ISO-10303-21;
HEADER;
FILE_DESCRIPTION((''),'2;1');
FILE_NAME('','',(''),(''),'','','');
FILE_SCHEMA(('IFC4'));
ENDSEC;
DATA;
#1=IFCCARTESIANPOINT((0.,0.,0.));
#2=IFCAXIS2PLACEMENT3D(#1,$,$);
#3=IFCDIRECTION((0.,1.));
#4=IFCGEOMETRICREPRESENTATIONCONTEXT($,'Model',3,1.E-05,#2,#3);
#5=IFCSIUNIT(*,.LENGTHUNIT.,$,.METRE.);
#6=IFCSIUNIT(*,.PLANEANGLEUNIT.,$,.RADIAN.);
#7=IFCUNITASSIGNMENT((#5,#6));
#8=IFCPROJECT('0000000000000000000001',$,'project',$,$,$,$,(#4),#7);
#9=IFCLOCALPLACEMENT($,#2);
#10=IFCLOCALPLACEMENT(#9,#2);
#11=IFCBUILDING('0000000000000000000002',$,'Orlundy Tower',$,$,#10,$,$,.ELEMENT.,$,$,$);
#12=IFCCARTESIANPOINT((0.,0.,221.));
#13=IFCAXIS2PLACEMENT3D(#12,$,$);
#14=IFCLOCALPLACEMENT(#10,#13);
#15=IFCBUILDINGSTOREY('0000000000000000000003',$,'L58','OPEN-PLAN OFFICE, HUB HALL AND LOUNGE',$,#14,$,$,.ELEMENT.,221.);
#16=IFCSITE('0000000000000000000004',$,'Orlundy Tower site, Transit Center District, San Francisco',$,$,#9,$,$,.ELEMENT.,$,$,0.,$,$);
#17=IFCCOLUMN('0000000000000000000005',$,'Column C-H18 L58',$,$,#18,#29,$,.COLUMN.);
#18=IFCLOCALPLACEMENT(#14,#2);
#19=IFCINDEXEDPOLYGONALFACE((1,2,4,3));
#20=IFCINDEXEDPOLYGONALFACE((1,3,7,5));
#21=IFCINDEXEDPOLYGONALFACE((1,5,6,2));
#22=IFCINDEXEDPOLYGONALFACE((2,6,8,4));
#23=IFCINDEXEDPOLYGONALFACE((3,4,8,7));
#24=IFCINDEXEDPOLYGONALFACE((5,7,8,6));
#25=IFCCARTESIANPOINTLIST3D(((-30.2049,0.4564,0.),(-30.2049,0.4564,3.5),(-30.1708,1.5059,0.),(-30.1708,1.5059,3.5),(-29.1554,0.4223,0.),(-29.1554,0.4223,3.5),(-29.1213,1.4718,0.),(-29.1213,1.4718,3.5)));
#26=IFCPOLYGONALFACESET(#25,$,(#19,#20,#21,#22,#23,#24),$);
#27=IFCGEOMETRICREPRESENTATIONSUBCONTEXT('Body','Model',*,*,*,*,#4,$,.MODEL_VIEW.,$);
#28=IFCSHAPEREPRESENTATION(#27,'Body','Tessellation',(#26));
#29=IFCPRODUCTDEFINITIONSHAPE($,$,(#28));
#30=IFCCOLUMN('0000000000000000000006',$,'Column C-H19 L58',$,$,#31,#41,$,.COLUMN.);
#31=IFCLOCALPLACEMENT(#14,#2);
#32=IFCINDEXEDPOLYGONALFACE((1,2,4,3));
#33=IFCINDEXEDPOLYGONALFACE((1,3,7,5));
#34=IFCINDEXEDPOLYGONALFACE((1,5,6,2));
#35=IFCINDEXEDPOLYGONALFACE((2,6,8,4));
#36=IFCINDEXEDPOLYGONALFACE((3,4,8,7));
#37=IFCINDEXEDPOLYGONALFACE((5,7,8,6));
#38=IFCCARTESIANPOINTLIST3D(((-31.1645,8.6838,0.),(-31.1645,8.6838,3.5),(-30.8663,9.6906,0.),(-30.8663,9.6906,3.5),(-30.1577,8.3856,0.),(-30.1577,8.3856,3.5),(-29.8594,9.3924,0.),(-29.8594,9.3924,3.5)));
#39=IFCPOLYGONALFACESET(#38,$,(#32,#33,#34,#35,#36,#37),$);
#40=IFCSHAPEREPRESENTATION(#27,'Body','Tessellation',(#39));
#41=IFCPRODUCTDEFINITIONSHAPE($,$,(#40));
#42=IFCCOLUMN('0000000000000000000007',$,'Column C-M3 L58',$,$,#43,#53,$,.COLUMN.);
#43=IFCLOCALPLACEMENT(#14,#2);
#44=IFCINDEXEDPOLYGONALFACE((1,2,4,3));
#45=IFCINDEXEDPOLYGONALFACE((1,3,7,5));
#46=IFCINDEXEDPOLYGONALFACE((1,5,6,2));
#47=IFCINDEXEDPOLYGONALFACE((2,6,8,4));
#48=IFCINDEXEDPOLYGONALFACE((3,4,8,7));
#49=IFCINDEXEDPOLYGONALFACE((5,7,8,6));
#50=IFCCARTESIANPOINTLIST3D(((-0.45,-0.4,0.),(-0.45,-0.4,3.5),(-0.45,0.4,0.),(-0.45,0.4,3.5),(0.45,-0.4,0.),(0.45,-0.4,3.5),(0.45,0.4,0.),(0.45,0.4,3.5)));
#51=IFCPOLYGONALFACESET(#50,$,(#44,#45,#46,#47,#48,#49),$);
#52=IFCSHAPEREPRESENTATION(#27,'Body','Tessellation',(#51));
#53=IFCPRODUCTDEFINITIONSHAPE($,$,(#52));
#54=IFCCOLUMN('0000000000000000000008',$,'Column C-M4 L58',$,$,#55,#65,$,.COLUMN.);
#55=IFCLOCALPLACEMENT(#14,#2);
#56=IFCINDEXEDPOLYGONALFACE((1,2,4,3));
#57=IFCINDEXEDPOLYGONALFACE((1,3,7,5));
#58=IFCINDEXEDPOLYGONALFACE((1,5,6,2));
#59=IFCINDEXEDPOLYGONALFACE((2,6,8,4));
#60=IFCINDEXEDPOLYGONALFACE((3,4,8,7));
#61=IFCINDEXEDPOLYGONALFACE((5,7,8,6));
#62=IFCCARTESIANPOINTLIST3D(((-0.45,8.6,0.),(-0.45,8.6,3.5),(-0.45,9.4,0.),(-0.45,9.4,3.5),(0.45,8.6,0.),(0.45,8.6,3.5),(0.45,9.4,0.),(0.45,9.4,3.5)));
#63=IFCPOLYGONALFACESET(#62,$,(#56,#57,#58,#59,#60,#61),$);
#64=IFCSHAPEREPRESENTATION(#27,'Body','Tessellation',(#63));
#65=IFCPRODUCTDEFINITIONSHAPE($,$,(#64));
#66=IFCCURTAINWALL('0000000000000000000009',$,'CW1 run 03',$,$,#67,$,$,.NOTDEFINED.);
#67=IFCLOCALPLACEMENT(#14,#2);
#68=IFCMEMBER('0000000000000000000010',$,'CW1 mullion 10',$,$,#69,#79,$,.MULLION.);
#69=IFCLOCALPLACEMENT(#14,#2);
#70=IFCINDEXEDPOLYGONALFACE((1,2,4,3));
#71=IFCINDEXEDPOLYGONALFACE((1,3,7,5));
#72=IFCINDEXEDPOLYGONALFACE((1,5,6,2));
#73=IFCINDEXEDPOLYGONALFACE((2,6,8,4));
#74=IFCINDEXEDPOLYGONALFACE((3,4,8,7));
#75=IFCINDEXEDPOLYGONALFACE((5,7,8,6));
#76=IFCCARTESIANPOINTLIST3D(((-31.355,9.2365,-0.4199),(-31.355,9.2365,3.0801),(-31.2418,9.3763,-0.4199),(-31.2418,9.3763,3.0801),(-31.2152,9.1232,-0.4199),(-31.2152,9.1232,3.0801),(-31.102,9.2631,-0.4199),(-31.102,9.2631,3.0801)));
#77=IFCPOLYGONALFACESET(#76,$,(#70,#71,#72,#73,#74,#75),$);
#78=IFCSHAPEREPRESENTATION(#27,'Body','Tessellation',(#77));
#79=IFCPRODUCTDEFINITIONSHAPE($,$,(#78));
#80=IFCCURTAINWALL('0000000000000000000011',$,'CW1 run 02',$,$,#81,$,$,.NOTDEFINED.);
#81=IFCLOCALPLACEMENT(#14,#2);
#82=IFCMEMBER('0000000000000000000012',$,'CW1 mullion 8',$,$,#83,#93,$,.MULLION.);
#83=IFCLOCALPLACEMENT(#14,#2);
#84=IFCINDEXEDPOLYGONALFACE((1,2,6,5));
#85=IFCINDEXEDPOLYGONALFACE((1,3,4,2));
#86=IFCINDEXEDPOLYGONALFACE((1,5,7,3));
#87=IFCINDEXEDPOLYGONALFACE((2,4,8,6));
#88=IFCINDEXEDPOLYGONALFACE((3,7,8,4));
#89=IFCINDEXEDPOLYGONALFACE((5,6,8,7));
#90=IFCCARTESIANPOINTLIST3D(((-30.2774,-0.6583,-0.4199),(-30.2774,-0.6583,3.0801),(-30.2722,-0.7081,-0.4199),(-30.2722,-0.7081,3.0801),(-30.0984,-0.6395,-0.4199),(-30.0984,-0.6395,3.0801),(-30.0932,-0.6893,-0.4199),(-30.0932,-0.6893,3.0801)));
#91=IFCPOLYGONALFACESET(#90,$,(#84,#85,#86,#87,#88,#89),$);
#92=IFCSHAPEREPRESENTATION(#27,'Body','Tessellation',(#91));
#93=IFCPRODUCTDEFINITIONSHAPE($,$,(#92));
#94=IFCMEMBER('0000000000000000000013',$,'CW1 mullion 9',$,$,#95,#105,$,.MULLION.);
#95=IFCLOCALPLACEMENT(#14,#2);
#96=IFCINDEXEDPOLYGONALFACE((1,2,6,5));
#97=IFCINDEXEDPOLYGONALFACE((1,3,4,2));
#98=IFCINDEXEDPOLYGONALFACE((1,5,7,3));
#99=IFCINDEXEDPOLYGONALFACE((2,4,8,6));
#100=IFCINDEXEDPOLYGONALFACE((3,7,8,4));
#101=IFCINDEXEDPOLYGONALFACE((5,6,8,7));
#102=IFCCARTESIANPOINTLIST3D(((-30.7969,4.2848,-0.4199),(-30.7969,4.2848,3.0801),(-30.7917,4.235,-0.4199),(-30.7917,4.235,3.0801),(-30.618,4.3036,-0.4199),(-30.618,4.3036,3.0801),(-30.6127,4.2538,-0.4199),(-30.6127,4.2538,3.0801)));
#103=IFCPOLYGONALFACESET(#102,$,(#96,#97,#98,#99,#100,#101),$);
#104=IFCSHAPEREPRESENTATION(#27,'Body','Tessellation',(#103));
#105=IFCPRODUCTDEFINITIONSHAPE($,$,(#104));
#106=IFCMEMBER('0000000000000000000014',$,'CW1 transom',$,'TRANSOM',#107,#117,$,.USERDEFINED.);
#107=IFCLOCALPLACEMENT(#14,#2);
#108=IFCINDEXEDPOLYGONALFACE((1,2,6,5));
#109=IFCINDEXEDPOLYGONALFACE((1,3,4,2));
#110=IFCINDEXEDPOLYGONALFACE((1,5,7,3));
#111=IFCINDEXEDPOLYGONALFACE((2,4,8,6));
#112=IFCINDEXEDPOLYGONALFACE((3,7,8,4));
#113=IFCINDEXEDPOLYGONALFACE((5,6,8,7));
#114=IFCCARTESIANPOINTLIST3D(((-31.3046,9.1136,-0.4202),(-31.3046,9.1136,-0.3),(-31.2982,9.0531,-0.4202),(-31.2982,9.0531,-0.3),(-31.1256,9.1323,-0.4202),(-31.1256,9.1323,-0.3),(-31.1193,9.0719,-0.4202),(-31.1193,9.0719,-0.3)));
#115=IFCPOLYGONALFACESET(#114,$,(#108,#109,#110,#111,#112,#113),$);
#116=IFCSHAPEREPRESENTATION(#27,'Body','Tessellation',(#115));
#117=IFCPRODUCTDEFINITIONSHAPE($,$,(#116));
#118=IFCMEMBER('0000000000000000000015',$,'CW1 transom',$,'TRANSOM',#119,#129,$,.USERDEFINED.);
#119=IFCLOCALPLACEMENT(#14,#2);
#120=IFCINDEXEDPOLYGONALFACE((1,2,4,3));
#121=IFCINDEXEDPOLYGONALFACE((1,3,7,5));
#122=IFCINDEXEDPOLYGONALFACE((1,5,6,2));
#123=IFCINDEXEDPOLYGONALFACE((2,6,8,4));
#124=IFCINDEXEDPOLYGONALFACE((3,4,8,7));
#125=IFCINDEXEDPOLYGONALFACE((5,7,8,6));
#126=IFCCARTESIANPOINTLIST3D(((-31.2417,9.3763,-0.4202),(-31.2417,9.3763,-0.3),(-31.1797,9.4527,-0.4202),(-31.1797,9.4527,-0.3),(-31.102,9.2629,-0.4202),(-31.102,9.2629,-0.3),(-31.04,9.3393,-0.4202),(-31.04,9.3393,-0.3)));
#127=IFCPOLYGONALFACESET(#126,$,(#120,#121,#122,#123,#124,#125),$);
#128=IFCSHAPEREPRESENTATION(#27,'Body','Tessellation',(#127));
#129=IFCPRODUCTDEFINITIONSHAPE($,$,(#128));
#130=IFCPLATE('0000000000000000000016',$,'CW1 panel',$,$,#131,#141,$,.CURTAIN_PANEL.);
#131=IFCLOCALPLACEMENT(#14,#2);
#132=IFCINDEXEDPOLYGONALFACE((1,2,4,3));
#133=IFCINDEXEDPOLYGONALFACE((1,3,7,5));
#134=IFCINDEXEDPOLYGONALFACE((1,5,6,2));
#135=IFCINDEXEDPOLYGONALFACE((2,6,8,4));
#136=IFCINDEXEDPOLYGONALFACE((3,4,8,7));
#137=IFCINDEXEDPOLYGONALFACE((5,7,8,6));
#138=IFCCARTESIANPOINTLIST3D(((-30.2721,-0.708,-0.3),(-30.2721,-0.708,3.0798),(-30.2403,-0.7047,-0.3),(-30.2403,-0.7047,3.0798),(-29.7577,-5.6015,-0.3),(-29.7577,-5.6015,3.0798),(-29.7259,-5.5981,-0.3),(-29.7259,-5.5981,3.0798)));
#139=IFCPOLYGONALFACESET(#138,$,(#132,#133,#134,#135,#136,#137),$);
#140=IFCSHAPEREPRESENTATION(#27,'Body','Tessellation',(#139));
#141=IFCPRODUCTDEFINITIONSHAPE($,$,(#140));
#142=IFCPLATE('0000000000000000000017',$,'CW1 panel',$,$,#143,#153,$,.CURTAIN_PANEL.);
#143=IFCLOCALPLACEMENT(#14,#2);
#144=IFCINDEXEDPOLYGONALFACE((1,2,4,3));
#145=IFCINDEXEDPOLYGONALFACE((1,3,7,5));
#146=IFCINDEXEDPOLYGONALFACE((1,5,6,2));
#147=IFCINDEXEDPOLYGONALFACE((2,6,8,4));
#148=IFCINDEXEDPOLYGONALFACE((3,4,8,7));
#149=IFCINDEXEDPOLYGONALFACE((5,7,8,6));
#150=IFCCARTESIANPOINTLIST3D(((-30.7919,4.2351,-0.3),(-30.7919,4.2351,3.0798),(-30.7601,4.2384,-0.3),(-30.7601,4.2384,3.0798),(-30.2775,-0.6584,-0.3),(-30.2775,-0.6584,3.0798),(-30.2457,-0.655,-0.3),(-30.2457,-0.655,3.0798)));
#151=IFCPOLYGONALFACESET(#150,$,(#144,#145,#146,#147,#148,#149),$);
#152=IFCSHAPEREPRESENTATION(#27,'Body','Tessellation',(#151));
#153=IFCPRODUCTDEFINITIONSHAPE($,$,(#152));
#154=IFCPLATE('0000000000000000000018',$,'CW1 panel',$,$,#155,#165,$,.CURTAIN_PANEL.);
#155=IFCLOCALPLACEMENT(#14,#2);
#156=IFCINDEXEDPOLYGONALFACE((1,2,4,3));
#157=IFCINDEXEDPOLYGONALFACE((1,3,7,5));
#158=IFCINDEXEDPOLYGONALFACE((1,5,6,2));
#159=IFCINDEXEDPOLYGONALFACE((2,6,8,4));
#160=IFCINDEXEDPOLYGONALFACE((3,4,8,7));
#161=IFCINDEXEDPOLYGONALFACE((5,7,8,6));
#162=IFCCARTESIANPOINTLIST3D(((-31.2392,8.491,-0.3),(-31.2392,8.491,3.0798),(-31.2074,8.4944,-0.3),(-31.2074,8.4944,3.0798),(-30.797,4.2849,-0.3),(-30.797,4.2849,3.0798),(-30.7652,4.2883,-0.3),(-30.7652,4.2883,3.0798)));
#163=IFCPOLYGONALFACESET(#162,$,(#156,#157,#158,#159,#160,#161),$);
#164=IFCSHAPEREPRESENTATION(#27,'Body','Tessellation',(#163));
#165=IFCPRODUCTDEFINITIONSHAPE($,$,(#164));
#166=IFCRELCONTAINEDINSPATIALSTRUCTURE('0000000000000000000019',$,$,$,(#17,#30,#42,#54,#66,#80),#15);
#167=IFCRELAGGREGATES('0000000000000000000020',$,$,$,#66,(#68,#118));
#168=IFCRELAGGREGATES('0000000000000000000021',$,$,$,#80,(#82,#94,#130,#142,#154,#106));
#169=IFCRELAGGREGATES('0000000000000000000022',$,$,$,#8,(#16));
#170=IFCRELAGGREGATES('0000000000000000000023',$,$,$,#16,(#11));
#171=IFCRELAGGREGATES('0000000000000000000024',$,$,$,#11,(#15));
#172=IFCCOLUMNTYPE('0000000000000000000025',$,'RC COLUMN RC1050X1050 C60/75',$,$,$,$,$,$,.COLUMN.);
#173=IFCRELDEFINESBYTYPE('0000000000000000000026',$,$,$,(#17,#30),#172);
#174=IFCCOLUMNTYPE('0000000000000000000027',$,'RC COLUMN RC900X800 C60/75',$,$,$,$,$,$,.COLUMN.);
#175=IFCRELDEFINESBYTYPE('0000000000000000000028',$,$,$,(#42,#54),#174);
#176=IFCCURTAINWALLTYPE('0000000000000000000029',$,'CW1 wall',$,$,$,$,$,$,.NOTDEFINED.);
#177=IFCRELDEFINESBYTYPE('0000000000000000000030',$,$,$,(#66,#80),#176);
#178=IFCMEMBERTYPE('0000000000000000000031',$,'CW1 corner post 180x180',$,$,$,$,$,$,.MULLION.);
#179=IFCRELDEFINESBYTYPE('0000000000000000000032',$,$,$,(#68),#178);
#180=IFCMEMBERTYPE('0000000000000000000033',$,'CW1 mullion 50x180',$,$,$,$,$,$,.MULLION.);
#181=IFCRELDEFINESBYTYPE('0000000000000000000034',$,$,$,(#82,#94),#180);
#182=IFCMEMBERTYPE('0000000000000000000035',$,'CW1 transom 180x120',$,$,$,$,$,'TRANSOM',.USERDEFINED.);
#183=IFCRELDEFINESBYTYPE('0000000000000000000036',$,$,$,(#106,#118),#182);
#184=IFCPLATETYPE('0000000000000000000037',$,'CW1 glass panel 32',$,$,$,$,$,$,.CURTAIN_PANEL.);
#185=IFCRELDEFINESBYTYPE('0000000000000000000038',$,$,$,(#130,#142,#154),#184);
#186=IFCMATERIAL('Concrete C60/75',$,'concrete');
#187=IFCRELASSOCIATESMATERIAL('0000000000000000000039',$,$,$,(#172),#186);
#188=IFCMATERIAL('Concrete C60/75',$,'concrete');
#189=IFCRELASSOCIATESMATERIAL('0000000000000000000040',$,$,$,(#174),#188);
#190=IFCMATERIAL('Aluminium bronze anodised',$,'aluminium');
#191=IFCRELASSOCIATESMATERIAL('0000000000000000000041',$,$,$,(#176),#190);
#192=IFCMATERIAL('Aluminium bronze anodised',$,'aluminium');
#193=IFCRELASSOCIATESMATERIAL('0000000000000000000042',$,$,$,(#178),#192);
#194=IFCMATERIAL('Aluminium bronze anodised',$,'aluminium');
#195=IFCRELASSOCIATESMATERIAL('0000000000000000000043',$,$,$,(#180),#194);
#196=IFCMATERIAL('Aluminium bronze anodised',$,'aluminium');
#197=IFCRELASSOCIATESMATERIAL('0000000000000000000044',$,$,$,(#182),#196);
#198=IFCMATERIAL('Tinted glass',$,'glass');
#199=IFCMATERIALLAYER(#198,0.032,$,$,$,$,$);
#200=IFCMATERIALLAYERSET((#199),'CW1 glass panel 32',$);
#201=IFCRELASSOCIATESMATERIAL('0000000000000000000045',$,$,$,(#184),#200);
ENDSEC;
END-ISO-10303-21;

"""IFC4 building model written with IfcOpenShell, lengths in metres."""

from ifc_helpers import new_model, si_unit, direction, frame, origin, origin_2d, place, context, subcontext, project, spatial, rectangle, extrude, material, layer, layer_set, material_profile, profile_set, type_object, element, aggregate, save


model = new_model("IFC4")

# Units and contexts
model_context = context("Model", 3, precision=1e-05, world=origin(), true_north=direction((0.0, 1.0)))
body_context = subcontext(model_context, "Body", "Model", "MODEL_VIEW")
ifc_project = project(units=[si_unit("LENGTHUNIT", "METRE"), si_unit("PLANEANGLEUNIT", "RADIAN")], contexts=[model_context])

# Site, building, storey
site_placement = place(None, origin())
site = spatial("IfcSite", under=ifc_project, at=site_placement, Name="Orlundy Tower site, Transit Center District, San Francisco", CompositionType="ELEMENT", RefElevation=0.0)
building_placement = place(site_placement, origin())
building = spatial("IfcBuilding", under=site, at=building_placement, Name="Orlundy Tower", CompositionType="ELEMENT")
storey_placement = place(building_placement, frame((0.0, 0.0, 221.0)))
storey = spatial("IfcBuildingStorey", under=building, at=storey_placement, Name="L58", Description="OPEN-PLAN OFFICE, HUB HALL AND LOUNGE", CompositionType="ELEMENT", Elevation=221.0)

# Columns
ifc_material_1 = material(Name="Concrete C60/75", Category="concrete")
ifc_material_profile_1 = material_profile(ifc_material_1, rectangle(XDim=1.05, YDim=1.05, at=origin_2d()), Name="RC1050X1050")
ifc_profile_set_1 = profile_set([ifc_material_profile_1], Name="Concrete C60/75")
column_type_1 = type_object("IfcColumnType", Name="RC COLUMN RC1050X1050 C60/75", PredefinedType="COLUMN", material=ifc_profile_set_1)
for number, where, z_axis, x_axis, name in (
    (1, (-29.6631, 0.9641, 0.0), (0.0, 0.0, 1.0), (-0.999473, 0.032475, 0.0), "Column C-H18 L58"),
    (2, (-30.512, 9.0381, 0.0), (0.0, 0.0, 1.0), (-0.95882, 0.284015, 0.0), "Column C-H19 L58"),
):
    element("IfcColumn", number, at=place(storey_placement, frame(where, z_axis=z_axis, x_axis=x_axis)), inside=storey, type_object=column_type_1, Name=name, PredefinedType="COLUMN", context=body_context, shape_type="SweptSolid", body=[
        extrude(rectangle(XDim=1.05, YDim=1.05, at=origin_2d()), origin(), (0.0, 0.0, 1.0), 3.5),
    ])
ifc_material_2 = material(Name="Concrete C60/75", Category="concrete")
ifc_material_profile_2 = material_profile(ifc_material_2, rectangle(XDim=0.8999, YDim=0.8, at=origin_2d()), Name="RC900X800")
ifc_profile_set_2 = profile_set([ifc_material_profile_2], Name="Concrete C60/75")
column_type_2 = type_object("IfcColumnType", Name="RC COLUMN RC900X800 C60/75", PredefinedType="COLUMN", material=ifc_profile_set_2)
for number, where, z_axis, x_axis, name in (
    (3, (0.0, 0.0, 0.0), (0.0, 0.0, 1.0), (1.0, 0.0, 0.0), "Column C-M3 L58"),
    (4, (0.0, 9.0, 0.0), (0.0, 0.0, 1.0), (1.0, 0.0, 0.0), "Column C-M4 L58"),
):
    element("IfcColumn", number, at=place(storey_placement, frame(where, z_axis=z_axis, x_axis=x_axis)), inside=storey, type_object=column_type_2, Name=name, PredefinedType="COLUMN", context=body_context, shape_type="SweptSolid", body=[
        extrude(rectangle(XDim=0.8999, YDim=0.8, at=origin_2d()), origin(), (0.0, 0.0, 1.0), 3.5),
    ])

# Curtain wall, member
ifc_material_3 = material(Name="Aluminium bronze anodised", Category="aluminium")
curtain_wall_type = type_object("IfcCurtainWallType", Name="CW1 wall", PredefinedType="NOTDEFINED", material=ifc_material_3)
curtain_wall_1_placement = place(storey_placement, origin())
curtain_wall_1 = element("IfcCurtainWall", 5, at=curtain_wall_1_placement, inside=storey, type_object=curtain_wall_type, Name="CW1 run 03", PredefinedType="NOTDEFINED")
ifc_material_4 = material(Name="Aluminium bronze anodised", Category="aluminium")
ifc_material_profile_3 = material_profile(ifc_material_4, rectangle(XDim=0.1799, YDim=0.1799, at=origin_2d()), Name="CW1 corner post 180x180")
ifc_profile_set_3 = profile_set([ifc_material_profile_3], Name="Aluminium bronze anodised")
member_type_1 = type_object("IfcMemberType", Name="CW1 corner post 180x180", PredefinedType="MULLION", material=ifc_profile_set_3)
member_1_placement = place(storey_placement, frame((-31.2285, 9.2498, -0.4199), z_axis=(0.0, 0.0, 1.0), x_axis=(-0.777146, 0.629321, 0.0)))
member_1 = element("IfcMember", 6, at=member_1_placement, type_object=member_type_1, Name="CW1 mullion 10", PredefinedType="MULLION", context=body_context, shape_type="SweptSolid", body=[
    extrude(rectangle(XDim=0.1799, YDim=0.1799, at=origin_2d()), origin(), (0.0, 0.0, 1.0), 3.5),
])

# Curtain wall, members
curtain_wall_2_placement = place(storey_placement, origin())
curtain_wall_2 = element("IfcCurtainWall", 7, at=curtain_wall_2_placement, inside=storey, type_object=curtain_wall_type, Name="CW1 run 02", PredefinedType="NOTDEFINED")
ifc_material_5 = material(Name="Aluminium bronze anodised", Category="aluminium")
ifc_material_profile_4 = material_profile(ifc_material_5, rectangle(XDim=0.1799, YDim=0.05, at=origin_2d()), Name="CW1 mullion 50x180")
ifc_profile_set_4 = profile_set([ifc_material_profile_4], Name="Aluminium bronze anodised")
member_type_2 = type_object("IfcMemberType", Name="CW1 mullion 50x180", PredefinedType="MULLION", material=ifc_profile_set_4)
member_2_placement = place(storey_placement, frame((-30.1853, -0.6738, -0.4199), z_axis=(0.0, 0.0, 1.0), x_axis=(-0.994521, -0.104538, 0.0)))
member_2 = element("IfcMember", 8, at=member_2_placement, type_object=member_type_2, Name="CW1 mullion 8", PredefinedType="MULLION", context=body_context, shape_type="SweptSolid", body=[
    extrude(rectangle(XDim=0.1799, YDim=0.05, at=origin_2d()), origin(), (0.0, 0.0, 1.0), 3.5),
])
member_3_placement = place(storey_placement, frame((-30.7048, 4.2693, -0.4199), z_axis=(0.0, 0.0, 1.0), x_axis=(-0.994521, -0.104538, 0.0)))
member_3 = element("IfcMember", 9, at=member_3_placement, type_object=member_type_2, Name="CW1 mullion 9", PredefinedType="MULLION", context=body_context, shape_type="SweptSolid", body=[
    extrude(rectangle(XDim=0.1799, YDim=0.05, at=origin_2d()), origin(), (0.0, 0.0, 1.0), 3.5),
])
ifc_material_6 = material(Name="Aluminium bronze anodised", Category="aluminium")
ifc_material_profile_5 = material_profile(ifc_material_6, rectangle(XDim=0.1799, YDim=0.1201, at=origin_2d()), Name="CW1 transom 180x120")
ifc_profile_set_5 = profile_set([ifc_material_profile_5], Name="Aluminium bronze anodised")
member_type_3 = type_object("IfcMemberType", Name="CW1 transom 180x120", ElementType="TRANSOM", PredefinedType="USERDEFINED", material=ifc_profile_set_5)
member_4_placement = place(storey_placement, frame((-31.2087, 9.0625, -0.3601), z_axis=(-0.104267, 0.994549, 0.0), x_axis=(-0.994549, -0.104267, 0.0)))
member_4 = element("IfcMember", 10, at=member_4_placement, type_object=member_type_3, Name="CW1 transom", ObjectType="TRANSOM", PredefinedType="USERDEFINED", context=body_context, shape_type="SweptSolid", body=[
    extrude(rectangle(XDim=0.1799, YDim=0.1201, at=origin_2d()), origin(), (0.0, 0.0, 1.0), 0.0608),
])

# Member
member_5_placement = place(storey_placement, frame((-31.1719, 9.3196, -0.3601), z_axis=(0.630126, 0.776493, 0.0), x_axis=(-0.776493, 0.630126, 0.0)))
member_5 = element("IfcMember", 11, at=member_5_placement, type_object=member_type_3, Name="CW1 transom", ObjectType="TRANSOM", PredefinedType="USERDEFINED", context=body_context, shape_type="SweptSolid", body=[
    extrude(rectangle(XDim=0.1799, YDim=0.1201, at=origin_2d()), origin(), (0.0, 0.0, 1.0), 0.0984),
])
aggregate(curtain_wall_1, [member_1, member_5])

# Plates
ifc_material_7 = material(Name="Tinted glass", Category="glass")
ifc_layer_1 = layer(ifc_material_7, 0.032)
ifc_layer_set_1 = layer_set([ifc_layer_1], Name="CW1 glass panel 32")
plate_type = type_object("IfcPlateType", Name="CW1 glass panel 32", PredefinedType="CURTAIN_PANEL", material=ifc_layer_set_1)
plate_1_placement = place(storey_placement, frame((-29.999, -3.1531, -0.3), z_axis=(0.0, 0.0, 1.0), x_axis=(-0.104538, 0.994521, 0.0)))
plate_1 = element("IfcPlate", 12, at=plate_1_placement, type_object=plate_type, Name="CW1 panel", PredefinedType="CURTAIN_PANEL", context=body_context, shape_type="SweptSolid", body=[
    extrude(rectangle(XDim=4.9204, YDim=0.032, at=origin_2d()), origin(), (0.0, 0.0, 1.0), 3.3799),
])
plate_2_placement = place(storey_placement, frame((-30.5188, 1.79, -0.3), z_axis=(0.0, 0.0, 1.0), x_axis=(-0.104538, 0.994521, 0.0)))
plate_2 = element("IfcPlate", 13, at=plate_2_placement, type_object=plate_type, Name="CW1 panel", PredefinedType="CURTAIN_PANEL", context=body_context, shape_type="SweptSolid", body=[
    extrude(rectangle(XDim=4.9204, YDim=0.032, at=origin_2d()), origin(), (0.0, 0.0, 1.0), 3.3799),
])
plate_3_placement = place(storey_placement, frame((-31.0022, 6.3896, -0.3), z_axis=(0.0, 0.0, 1.0), x_axis=(-0.104538, 0.994521, 0.0)))
plate_3 = element("IfcPlate", 14, at=plate_3_placement, type_object=plate_type, Name="CW1 panel", PredefinedType="CURTAIN_PANEL", context=body_context, shape_type="SweptSolid", body=[
    extrude(rectangle(XDim=4.2292, YDim=0.032, at=origin_2d()), origin(), (0.0, 0.0, 1.0), 3.3799),
])
aggregate(curtain_wall_2, [member_2, member_3, plate_1, plate_2, plate_3, member_4])

save(model, "model.ifc")
